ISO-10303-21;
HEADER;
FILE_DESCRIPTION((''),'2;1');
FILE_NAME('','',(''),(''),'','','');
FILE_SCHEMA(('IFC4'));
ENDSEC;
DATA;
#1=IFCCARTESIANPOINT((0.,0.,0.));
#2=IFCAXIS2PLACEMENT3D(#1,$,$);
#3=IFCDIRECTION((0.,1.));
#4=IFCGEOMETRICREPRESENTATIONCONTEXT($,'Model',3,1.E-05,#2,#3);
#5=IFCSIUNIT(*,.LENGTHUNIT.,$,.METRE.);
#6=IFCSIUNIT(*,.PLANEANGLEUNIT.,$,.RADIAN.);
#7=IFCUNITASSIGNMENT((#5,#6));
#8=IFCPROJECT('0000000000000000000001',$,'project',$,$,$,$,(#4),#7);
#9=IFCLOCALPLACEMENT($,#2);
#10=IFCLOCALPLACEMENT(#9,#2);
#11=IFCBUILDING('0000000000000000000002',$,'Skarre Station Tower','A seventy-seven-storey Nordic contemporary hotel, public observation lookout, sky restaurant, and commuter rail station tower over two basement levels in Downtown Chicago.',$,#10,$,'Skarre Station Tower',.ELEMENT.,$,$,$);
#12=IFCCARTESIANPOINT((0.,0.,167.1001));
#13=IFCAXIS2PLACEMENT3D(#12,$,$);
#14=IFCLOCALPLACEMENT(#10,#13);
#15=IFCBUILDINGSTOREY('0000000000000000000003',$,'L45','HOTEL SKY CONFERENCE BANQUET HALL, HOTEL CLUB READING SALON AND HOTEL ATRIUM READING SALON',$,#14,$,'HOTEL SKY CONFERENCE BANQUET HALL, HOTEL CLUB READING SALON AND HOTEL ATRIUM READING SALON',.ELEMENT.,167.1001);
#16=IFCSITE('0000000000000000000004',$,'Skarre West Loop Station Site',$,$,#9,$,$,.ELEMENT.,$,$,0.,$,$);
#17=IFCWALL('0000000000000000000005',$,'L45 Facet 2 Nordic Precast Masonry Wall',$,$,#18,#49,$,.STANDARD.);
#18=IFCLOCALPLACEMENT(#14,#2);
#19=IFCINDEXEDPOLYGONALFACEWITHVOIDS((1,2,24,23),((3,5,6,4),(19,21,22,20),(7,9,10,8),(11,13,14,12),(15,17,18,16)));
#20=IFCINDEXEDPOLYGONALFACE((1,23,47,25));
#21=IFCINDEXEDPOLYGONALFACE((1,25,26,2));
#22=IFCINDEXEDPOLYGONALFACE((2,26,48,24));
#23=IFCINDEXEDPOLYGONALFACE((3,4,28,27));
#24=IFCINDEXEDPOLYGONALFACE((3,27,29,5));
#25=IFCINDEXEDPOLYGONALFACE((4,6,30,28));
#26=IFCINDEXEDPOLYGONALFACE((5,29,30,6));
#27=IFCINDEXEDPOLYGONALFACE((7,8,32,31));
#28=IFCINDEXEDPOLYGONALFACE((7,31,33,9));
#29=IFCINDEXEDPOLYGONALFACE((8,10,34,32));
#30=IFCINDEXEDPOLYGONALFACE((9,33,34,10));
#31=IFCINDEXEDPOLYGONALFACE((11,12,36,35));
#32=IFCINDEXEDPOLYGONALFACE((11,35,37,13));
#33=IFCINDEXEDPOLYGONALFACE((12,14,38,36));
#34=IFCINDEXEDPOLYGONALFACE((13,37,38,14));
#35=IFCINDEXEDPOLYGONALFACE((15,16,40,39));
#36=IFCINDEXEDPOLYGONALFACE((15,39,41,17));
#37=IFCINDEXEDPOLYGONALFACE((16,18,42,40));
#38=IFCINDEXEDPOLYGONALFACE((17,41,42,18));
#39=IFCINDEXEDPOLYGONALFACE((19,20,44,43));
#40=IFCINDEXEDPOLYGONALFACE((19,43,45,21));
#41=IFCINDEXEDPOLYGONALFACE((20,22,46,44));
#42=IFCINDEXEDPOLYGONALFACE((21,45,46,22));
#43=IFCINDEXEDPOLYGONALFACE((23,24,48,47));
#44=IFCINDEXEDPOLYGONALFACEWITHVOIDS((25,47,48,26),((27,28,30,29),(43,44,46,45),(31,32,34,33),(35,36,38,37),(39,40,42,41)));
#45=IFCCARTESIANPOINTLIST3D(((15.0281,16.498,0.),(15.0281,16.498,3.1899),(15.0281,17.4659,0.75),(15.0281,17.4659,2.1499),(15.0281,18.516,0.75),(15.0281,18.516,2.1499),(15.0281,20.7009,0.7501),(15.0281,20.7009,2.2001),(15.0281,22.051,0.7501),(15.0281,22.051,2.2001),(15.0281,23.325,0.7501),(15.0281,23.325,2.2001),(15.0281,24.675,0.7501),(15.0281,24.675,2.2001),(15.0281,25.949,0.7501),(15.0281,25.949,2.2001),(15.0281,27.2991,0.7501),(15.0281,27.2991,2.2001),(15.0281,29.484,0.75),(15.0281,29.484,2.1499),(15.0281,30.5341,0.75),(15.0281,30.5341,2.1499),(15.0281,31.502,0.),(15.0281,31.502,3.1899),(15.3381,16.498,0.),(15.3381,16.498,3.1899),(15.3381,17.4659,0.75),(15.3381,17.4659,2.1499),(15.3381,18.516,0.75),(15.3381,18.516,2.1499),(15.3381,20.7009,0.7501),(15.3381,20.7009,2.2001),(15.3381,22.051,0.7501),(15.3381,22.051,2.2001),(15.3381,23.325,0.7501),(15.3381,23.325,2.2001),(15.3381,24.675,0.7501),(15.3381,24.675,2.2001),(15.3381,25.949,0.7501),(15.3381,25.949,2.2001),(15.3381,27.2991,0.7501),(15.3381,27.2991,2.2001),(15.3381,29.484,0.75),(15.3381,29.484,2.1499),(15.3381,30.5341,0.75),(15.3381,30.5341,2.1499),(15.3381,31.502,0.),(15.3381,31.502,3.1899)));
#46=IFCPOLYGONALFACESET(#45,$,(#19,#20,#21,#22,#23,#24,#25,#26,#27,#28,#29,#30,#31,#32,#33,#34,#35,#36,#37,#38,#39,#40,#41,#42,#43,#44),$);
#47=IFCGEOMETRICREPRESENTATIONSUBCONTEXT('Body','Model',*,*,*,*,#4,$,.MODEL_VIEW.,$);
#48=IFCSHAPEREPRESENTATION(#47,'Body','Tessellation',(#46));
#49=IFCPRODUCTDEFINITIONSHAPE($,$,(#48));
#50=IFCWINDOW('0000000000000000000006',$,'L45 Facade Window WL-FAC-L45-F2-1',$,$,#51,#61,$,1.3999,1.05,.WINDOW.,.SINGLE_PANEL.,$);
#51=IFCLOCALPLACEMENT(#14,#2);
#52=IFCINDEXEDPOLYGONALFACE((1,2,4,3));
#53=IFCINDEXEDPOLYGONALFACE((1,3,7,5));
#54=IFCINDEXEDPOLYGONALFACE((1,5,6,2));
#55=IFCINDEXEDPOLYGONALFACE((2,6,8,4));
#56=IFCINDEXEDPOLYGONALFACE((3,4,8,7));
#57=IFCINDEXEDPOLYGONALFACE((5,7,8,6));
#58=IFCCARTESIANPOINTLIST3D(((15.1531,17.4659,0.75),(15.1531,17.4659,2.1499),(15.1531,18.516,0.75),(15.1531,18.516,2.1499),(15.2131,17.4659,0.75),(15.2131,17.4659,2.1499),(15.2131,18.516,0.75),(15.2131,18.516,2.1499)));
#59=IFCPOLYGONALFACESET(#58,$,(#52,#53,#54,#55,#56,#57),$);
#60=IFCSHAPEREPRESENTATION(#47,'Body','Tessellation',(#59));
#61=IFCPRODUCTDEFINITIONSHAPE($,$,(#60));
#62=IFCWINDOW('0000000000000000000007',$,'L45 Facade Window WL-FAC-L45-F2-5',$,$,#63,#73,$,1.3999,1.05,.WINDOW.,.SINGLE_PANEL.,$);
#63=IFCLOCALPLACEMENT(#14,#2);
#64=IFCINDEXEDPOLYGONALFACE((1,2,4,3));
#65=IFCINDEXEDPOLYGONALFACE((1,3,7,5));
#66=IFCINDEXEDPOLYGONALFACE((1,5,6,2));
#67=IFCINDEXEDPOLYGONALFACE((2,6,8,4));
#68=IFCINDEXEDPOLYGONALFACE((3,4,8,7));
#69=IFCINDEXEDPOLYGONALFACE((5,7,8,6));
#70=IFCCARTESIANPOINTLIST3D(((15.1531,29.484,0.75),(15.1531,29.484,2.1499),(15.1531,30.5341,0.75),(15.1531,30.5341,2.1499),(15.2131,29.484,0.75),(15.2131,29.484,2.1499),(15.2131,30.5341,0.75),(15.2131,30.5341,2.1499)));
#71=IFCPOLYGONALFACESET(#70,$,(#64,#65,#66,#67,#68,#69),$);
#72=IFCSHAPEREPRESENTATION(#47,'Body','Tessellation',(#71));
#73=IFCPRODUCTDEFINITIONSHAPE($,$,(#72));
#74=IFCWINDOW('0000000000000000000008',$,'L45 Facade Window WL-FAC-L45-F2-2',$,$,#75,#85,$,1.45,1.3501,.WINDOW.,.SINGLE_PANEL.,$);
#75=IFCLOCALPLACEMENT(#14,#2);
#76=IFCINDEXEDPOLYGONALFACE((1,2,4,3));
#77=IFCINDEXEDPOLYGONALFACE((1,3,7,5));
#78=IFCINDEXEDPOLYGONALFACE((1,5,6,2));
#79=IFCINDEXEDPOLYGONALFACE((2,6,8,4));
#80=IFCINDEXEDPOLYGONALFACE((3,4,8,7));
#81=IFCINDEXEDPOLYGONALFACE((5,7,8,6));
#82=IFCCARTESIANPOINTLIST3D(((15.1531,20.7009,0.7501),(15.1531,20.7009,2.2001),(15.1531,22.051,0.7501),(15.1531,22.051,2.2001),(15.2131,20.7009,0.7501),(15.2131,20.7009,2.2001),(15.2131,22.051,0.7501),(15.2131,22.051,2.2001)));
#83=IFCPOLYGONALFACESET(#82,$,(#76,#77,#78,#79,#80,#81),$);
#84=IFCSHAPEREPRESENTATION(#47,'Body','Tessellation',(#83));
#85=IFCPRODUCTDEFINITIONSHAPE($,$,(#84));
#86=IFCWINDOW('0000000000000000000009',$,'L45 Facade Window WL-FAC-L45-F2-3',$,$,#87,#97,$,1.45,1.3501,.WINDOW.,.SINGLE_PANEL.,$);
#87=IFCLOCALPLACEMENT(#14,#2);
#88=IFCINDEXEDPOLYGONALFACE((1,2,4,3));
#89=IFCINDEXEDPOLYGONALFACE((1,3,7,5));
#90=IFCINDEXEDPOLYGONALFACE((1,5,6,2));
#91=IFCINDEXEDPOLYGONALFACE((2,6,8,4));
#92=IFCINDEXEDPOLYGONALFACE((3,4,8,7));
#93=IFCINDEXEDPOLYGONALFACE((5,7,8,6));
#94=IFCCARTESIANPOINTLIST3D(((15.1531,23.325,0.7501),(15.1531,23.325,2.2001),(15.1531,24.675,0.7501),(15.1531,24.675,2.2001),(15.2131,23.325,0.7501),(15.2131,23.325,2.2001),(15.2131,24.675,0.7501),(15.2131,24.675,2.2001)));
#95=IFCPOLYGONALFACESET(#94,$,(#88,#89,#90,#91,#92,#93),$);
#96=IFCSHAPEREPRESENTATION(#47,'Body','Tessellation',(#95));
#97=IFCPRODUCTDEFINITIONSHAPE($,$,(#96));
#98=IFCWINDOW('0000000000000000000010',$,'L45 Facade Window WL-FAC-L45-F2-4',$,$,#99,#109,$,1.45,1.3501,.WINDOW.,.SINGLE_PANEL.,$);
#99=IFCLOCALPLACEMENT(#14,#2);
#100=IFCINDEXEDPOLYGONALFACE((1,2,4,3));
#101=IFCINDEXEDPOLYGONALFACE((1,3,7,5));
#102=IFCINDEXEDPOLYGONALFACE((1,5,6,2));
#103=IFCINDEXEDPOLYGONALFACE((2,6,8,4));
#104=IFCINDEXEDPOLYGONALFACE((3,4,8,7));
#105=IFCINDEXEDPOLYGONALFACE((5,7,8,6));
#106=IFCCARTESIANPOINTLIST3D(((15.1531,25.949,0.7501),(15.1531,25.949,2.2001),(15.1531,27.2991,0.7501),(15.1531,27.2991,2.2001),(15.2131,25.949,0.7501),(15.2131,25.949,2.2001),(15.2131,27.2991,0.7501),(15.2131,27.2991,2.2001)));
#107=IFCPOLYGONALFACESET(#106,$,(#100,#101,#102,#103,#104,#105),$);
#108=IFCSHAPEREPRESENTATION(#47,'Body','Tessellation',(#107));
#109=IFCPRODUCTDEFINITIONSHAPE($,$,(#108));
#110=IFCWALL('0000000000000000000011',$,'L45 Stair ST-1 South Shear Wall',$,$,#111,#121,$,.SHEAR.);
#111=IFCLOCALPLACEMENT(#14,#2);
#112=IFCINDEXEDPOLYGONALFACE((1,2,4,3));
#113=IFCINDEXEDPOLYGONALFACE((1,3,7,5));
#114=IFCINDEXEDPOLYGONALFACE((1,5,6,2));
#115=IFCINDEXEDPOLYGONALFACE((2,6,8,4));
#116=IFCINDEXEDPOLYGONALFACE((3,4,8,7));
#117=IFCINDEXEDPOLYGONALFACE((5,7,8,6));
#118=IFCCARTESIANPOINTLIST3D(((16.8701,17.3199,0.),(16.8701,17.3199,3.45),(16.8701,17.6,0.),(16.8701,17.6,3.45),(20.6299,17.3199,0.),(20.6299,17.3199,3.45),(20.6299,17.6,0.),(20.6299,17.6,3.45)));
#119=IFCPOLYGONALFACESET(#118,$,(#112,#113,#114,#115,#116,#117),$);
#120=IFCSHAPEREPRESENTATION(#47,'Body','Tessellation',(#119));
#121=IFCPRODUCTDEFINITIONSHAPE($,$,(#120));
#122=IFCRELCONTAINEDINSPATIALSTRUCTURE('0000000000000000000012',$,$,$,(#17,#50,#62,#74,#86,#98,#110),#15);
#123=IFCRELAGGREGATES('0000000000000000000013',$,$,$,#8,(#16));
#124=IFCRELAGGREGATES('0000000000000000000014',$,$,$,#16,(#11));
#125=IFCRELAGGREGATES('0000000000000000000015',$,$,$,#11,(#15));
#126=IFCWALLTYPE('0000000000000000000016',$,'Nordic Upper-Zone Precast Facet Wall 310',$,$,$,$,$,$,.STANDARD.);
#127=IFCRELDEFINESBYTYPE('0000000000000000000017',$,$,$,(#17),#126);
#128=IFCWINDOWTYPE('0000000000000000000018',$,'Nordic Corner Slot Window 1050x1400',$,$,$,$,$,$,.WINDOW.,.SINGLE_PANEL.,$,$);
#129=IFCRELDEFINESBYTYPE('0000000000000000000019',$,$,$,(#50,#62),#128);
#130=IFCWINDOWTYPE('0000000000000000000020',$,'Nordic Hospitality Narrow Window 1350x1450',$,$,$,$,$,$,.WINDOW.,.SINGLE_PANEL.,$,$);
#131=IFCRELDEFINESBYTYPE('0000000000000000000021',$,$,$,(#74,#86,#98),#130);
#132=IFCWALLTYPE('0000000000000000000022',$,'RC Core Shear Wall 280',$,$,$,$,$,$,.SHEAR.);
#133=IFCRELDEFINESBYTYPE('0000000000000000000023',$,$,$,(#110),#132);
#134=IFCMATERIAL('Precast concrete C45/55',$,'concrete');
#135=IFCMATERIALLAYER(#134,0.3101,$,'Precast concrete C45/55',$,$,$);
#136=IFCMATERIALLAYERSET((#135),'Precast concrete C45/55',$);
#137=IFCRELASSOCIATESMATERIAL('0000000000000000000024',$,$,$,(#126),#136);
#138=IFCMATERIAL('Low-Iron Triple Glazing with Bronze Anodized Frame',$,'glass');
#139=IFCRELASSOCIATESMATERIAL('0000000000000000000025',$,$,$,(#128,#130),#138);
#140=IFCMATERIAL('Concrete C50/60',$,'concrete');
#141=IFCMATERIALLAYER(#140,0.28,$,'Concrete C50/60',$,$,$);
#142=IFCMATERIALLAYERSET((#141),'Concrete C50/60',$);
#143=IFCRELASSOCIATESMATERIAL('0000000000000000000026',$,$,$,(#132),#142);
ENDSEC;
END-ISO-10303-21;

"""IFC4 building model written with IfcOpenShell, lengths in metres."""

from ifc_helpers import new_model, si_unit, direction, frame, frame_2d, origin, place, context, subcontext, project, spatial, rectangle, extrude, material, layer, layer_set, type_object, element, fill, save


model = new_model("IFC4")

# Units and contexts
model_context = context("Model", 3, precision=1e-05, world=origin(), true_north=direction((0.0, 1.0)))
body_context = subcontext(model_context, "Body", "Model", "MODEL_VIEW")
ifc_project = project(units=[si_unit("LENGTHUNIT", "METRE"), si_unit("PLANEANGLEUNIT", "RADIAN")], contexts=[model_context])

# Site, building, storey
site_placement = place(None, origin())
site = spatial("IfcSite", under=ifc_project, at=site_placement, Name="Skarre West Loop Station Site", CompositionType="ELEMENT", RefElevation=0.0)
building_placement = place(site_placement, origin())
building = spatial("IfcBuilding", under=site, at=building_placement, Name="Skarre Station Tower", Description="A seventy-seven-storey Nordic contemporary hotel, public observation lookout, sky restaurant, and commuter rail station tower over two basement levels in Downtown Chicago.", LongName="Skarre Station Tower", CompositionType="ELEMENT")
storey_placement = place(building_placement, frame((0.0, 0.0, 167.1001)))
storey = spatial("IfcBuildingStorey", under=building, at=storey_placement, Name="L45", Description="HOTEL SKY CONFERENCE BANQUET HALL, HOTEL CLUB READING SALON AND HOTEL ATRIUM READING SALON", LongName="HOTEL SKY CONFERENCE BANQUET HALL, HOTEL CLUB READING SALON AND HOTEL ATRIUM READING SALON", CompositionType="ELEMENT", Elevation=167.1001)

# Shared definitions
ifc_material_1 = material(Name="Concrete C50/60", Category="concrete")

# Shared definitions
ifc_material_2 = material(Name="Precast concrete C45/55", Category="concrete")

# Wall, openings, windows
ifc_layer_1 = layer(ifc_material_2, 0.3101, Name="Precast concrete C45/55")
ifc_layer_set_1 = layer_set([ifc_layer_1], Name="Precast concrete C45/55")
wall_type_1 = type_object("IfcWallType", Name="Nordic Upper-Zone Precast Facet Wall 310", PredefinedType="STANDARD", material=ifc_layer_set_1)
wall_1_placement = place(storey_placement, frame((15.1831, 16.498, 0.0), z_axis=(0.0, 0.0, 1.0), x_axis=(0.0, 1.0, 0.0)))
wall_1 = element("IfcWall", 1, at=wall_1_placement, inside=storey, type_object=wall_type_1, Name="L45 Facet 2 Nordic Precast Masonry Wall", PredefinedType="STANDARD", context=body_context, shape_type="SweptSolid", body=[
    extrude(rectangle(XDim=15.0039, YDim=0.3101, at=frame_2d((7.502, 0.0))), origin(), (0.0, 0.0, 1.0), 3.1899),
])
opening_1_placement = place(wall_1_placement, frame((0.968, 0.0, 0.75)))
opening_1 = element("IfcOpeningElement", 2, at=opening_1_placement, cuts=wall_1, PredefinedType="OPENING", context=body_context, shape_type="SweptSolid", body=[
    extrude(rectangle(XDim=1.05, YDim=1.3999, at=frame_2d((0.5249, 0.7))), frame((0.0, 0.165, 0.0), z_axis=(0.0, -1.0, 0.0), x_axis=(1.0, 0.0, 0.0)), (0.0, 0.0, 1.0), 0.3301),
])
opening_2_placement = place(wall_1_placement, frame((4.2029, 0.0, 0.75)))
opening_2 = element("IfcOpeningElement", 3, at=opening_2_placement, cuts=wall_1, PredefinedType="OPENING", context=body_context, shape_type="SweptSolid", body=[
    extrude(rectangle(XDim=1.3501, YDim=1.45, at=frame_2d((0.675, 0.7251))), frame((0.0, 0.165, 0.0), z_axis=(0.0, -1.0, 0.0), x_axis=(1.0, 0.0, 0.0)), (0.0, 0.0, 1.0), 0.3301),
])
opening_3_placement = place(wall_1_placement, frame((6.8269, 0.0, 0.75)))
opening_3 = element("IfcOpeningElement", 4, at=opening_3_placement, cuts=wall_1, PredefinedType="OPENING", context=body_context, shape_type="SweptSolid", body=[
    extrude(rectangle(XDim=1.3501, YDim=1.45, at=frame_2d((0.675, 0.7251))), frame((0.0, 0.165, 0.0), z_axis=(0.0, -1.0, 0.0), x_axis=(1.0, 0.0, 0.0)), (0.0, 0.0, 1.0), 0.3301),
])
opening_4_placement = place(wall_1_placement, frame((9.4509, 0.0, 0.75)))
opening_4 = element("IfcOpeningElement", 5, at=opening_4_placement, cuts=wall_1, PredefinedType="OPENING", context=body_context, shape_type="SweptSolid", body=[
    extrude(rectangle(XDim=1.3501, YDim=1.45, at=frame_2d((0.675, 0.7251))), frame((0.0, 0.165, 0.0), z_axis=(0.0, -1.0, 0.0), x_axis=(1.0, 0.0, 0.0)), (0.0, 0.0, 1.0), 0.3301),
])
opening_5_placement = place(wall_1_placement, frame((12.9861, 0.0, 0.75)))
opening_5 = element("IfcOpeningElement", 6, at=opening_5_placement, cuts=wall_1, PredefinedType="OPENING", context=body_context, shape_type="SweptSolid", body=[
    extrude(rectangle(XDim=1.05, YDim=1.3999, at=frame_2d((0.5249, 0.7))), frame((0.0, 0.165, 0.0), z_axis=(0.0, -1.0, 0.0), x_axis=(1.0, 0.0, 0.0)), (0.0, 0.0, 1.0), 0.3301),
])
ifc_material_3 = material(Name="Low-Iron Triple Glazing with Bronze Anodized Frame", Category="glass")
window_type_1 = type_object("IfcWindowType", Name="Nordic Corner Slot Window 1050x1400", PartitioningType="SINGLE_PANEL", PredefinedType="WINDOW", material=ifc_material_3)
window_1_placement = place(opening_1_placement, origin())
window_1 = element("IfcWindow", 7, at=window_1_placement, inside=storey, type_object=window_type_1, Name="L45 Facade Window WL-FAC-L45-F2-1", OverallHeight=1.3999, OverallWidth=1.05, PartitioningType="SINGLE_PANEL", PredefinedType="WINDOW", context=body_context, shape_type="SweptSolid", body=[
    extrude(rectangle(XDim=1.05, YDim=1.3999, at=frame_2d((0.5249, 0.7))), frame((0.0, 0.03, 0.0), z_axis=(0.0, -1.0, 0.0), x_axis=(1.0, 0.0, 0.0)), (0.0, 0.0, 1.0), 0.0601),
])
fill(opening_1, window_1)
window_2_placement = place(opening_5_placement, origin())
window_2 = element("IfcWindow", 8, at=window_2_placement, inside=storey, type_object=window_type_1, Name="L45 Facade Window WL-FAC-L45-F2-5", OverallHeight=1.3999, OverallWidth=1.05, PartitioningType="SINGLE_PANEL", PredefinedType="WINDOW", context=body_context, shape_type="SweptSolid", body=[
    extrude(rectangle(XDim=1.05, YDim=1.3999, at=frame_2d((0.5249, 0.7))), frame((0.0, 0.03, 0.0), z_axis=(0.0, -1.0, 0.0), x_axis=(1.0, 0.0, 0.0)), (0.0, 0.0, 1.0), 0.0601),
])
fill(opening_5, window_2)
window_type_2 = type_object("IfcWindowType", Name="Nordic Hospitality Narrow Window 1350x1450", PartitioningType="SINGLE_PANEL", PredefinedType="WINDOW", material=ifc_material_3)
window_3_placement = place(opening_2_placement, origin())
window_3 = element("IfcWindow", 9, at=window_3_placement, inside=storey, type_object=window_type_2, Name="L45 Facade Window WL-FAC-L45-F2-2", OverallHeight=1.45, OverallWidth=1.3501, PartitioningType="SINGLE_PANEL", PredefinedType="WINDOW", context=body_context, shape_type="SweptSolid", body=[
    extrude(rectangle(XDim=1.3501, YDim=1.45, at=frame_2d((0.675, 0.7251))), frame((0.0, 0.03, 0.0), z_axis=(0.0, -1.0, 0.0), x_axis=(1.0, 0.0, 0.0)), (0.0, 0.0, 1.0), 0.0601),
])
fill(opening_2, window_3)
window_4_placement = place(opening_3_placement, origin())
window_4 = element("IfcWindow", 10, at=window_4_placement, inside=storey, type_object=window_type_2, Name="L45 Facade Window WL-FAC-L45-F2-3", OverallHeight=1.45, OverallWidth=1.3501, PartitioningType="SINGLE_PANEL", PredefinedType="WINDOW", context=body_context, shape_type="SweptSolid", body=[
    extrude(rectangle(XDim=1.3501, YDim=1.45, at=frame_2d((0.675, 0.7251))), frame((0.0, 0.03, 0.0), z_axis=(0.0, -1.0, 0.0), x_axis=(1.0, 0.0, 0.0)), (0.0, 0.0, 1.0), 0.0601),
])
fill(opening_3, window_4)
window_5_placement = place(opening_4_placement, origin())
window_5 = element("IfcWindow", 11, at=window_5_placement, inside=storey, type_object=window_type_2, Name="L45 Facade Window WL-FAC-L45-F2-4", OverallHeight=1.45, OverallWidth=1.3501, PartitioningType="SINGLE_PANEL", PredefinedType="WINDOW", context=body_context, shape_type="SweptSolid", body=[
    extrude(rectangle(XDim=1.3501, YDim=1.45, at=frame_2d((0.675, 0.7251))), frame((0.0, 0.03, 0.0), z_axis=(0.0, -1.0, 0.0), x_axis=(1.0, 0.0, 0.0)), (0.0, 0.0, 1.0), 0.0601),
])
fill(opening_4, window_5)

# Wall
ifc_layer_2 = layer(ifc_material_1, 0.28, Name="Concrete C50/60")
ifc_layer_set_2 = layer_set([ifc_layer_2], Name="Concrete C50/60")
wall_type_2 = type_object("IfcWallType", Name="RC Core Shear Wall 280", PredefinedType="SHEAR", material=ifc_layer_set_2)
wall_2_placement = place(storey_placement, frame((16.8701, 17.46, 0.0), z_axis=(0.0, 0.0, 1.0), x_axis=(1.0, 0.0, 0.0)))
element("IfcWall", 12, at=wall_2_placement, inside=storey, type_object=wall_type_2, Name="L45 Stair ST-1 South Shear Wall", PredefinedType="SHEAR", context=body_context, shape_type="SweptSolid", body=[
    extrude(rectangle(XDim=3.7598, YDim=0.28, at=frame_2d((1.8799, 0.0))), origin(), (0.0, 0.0, 1.0), 3.45),
])

save(model, "model.ifc")
